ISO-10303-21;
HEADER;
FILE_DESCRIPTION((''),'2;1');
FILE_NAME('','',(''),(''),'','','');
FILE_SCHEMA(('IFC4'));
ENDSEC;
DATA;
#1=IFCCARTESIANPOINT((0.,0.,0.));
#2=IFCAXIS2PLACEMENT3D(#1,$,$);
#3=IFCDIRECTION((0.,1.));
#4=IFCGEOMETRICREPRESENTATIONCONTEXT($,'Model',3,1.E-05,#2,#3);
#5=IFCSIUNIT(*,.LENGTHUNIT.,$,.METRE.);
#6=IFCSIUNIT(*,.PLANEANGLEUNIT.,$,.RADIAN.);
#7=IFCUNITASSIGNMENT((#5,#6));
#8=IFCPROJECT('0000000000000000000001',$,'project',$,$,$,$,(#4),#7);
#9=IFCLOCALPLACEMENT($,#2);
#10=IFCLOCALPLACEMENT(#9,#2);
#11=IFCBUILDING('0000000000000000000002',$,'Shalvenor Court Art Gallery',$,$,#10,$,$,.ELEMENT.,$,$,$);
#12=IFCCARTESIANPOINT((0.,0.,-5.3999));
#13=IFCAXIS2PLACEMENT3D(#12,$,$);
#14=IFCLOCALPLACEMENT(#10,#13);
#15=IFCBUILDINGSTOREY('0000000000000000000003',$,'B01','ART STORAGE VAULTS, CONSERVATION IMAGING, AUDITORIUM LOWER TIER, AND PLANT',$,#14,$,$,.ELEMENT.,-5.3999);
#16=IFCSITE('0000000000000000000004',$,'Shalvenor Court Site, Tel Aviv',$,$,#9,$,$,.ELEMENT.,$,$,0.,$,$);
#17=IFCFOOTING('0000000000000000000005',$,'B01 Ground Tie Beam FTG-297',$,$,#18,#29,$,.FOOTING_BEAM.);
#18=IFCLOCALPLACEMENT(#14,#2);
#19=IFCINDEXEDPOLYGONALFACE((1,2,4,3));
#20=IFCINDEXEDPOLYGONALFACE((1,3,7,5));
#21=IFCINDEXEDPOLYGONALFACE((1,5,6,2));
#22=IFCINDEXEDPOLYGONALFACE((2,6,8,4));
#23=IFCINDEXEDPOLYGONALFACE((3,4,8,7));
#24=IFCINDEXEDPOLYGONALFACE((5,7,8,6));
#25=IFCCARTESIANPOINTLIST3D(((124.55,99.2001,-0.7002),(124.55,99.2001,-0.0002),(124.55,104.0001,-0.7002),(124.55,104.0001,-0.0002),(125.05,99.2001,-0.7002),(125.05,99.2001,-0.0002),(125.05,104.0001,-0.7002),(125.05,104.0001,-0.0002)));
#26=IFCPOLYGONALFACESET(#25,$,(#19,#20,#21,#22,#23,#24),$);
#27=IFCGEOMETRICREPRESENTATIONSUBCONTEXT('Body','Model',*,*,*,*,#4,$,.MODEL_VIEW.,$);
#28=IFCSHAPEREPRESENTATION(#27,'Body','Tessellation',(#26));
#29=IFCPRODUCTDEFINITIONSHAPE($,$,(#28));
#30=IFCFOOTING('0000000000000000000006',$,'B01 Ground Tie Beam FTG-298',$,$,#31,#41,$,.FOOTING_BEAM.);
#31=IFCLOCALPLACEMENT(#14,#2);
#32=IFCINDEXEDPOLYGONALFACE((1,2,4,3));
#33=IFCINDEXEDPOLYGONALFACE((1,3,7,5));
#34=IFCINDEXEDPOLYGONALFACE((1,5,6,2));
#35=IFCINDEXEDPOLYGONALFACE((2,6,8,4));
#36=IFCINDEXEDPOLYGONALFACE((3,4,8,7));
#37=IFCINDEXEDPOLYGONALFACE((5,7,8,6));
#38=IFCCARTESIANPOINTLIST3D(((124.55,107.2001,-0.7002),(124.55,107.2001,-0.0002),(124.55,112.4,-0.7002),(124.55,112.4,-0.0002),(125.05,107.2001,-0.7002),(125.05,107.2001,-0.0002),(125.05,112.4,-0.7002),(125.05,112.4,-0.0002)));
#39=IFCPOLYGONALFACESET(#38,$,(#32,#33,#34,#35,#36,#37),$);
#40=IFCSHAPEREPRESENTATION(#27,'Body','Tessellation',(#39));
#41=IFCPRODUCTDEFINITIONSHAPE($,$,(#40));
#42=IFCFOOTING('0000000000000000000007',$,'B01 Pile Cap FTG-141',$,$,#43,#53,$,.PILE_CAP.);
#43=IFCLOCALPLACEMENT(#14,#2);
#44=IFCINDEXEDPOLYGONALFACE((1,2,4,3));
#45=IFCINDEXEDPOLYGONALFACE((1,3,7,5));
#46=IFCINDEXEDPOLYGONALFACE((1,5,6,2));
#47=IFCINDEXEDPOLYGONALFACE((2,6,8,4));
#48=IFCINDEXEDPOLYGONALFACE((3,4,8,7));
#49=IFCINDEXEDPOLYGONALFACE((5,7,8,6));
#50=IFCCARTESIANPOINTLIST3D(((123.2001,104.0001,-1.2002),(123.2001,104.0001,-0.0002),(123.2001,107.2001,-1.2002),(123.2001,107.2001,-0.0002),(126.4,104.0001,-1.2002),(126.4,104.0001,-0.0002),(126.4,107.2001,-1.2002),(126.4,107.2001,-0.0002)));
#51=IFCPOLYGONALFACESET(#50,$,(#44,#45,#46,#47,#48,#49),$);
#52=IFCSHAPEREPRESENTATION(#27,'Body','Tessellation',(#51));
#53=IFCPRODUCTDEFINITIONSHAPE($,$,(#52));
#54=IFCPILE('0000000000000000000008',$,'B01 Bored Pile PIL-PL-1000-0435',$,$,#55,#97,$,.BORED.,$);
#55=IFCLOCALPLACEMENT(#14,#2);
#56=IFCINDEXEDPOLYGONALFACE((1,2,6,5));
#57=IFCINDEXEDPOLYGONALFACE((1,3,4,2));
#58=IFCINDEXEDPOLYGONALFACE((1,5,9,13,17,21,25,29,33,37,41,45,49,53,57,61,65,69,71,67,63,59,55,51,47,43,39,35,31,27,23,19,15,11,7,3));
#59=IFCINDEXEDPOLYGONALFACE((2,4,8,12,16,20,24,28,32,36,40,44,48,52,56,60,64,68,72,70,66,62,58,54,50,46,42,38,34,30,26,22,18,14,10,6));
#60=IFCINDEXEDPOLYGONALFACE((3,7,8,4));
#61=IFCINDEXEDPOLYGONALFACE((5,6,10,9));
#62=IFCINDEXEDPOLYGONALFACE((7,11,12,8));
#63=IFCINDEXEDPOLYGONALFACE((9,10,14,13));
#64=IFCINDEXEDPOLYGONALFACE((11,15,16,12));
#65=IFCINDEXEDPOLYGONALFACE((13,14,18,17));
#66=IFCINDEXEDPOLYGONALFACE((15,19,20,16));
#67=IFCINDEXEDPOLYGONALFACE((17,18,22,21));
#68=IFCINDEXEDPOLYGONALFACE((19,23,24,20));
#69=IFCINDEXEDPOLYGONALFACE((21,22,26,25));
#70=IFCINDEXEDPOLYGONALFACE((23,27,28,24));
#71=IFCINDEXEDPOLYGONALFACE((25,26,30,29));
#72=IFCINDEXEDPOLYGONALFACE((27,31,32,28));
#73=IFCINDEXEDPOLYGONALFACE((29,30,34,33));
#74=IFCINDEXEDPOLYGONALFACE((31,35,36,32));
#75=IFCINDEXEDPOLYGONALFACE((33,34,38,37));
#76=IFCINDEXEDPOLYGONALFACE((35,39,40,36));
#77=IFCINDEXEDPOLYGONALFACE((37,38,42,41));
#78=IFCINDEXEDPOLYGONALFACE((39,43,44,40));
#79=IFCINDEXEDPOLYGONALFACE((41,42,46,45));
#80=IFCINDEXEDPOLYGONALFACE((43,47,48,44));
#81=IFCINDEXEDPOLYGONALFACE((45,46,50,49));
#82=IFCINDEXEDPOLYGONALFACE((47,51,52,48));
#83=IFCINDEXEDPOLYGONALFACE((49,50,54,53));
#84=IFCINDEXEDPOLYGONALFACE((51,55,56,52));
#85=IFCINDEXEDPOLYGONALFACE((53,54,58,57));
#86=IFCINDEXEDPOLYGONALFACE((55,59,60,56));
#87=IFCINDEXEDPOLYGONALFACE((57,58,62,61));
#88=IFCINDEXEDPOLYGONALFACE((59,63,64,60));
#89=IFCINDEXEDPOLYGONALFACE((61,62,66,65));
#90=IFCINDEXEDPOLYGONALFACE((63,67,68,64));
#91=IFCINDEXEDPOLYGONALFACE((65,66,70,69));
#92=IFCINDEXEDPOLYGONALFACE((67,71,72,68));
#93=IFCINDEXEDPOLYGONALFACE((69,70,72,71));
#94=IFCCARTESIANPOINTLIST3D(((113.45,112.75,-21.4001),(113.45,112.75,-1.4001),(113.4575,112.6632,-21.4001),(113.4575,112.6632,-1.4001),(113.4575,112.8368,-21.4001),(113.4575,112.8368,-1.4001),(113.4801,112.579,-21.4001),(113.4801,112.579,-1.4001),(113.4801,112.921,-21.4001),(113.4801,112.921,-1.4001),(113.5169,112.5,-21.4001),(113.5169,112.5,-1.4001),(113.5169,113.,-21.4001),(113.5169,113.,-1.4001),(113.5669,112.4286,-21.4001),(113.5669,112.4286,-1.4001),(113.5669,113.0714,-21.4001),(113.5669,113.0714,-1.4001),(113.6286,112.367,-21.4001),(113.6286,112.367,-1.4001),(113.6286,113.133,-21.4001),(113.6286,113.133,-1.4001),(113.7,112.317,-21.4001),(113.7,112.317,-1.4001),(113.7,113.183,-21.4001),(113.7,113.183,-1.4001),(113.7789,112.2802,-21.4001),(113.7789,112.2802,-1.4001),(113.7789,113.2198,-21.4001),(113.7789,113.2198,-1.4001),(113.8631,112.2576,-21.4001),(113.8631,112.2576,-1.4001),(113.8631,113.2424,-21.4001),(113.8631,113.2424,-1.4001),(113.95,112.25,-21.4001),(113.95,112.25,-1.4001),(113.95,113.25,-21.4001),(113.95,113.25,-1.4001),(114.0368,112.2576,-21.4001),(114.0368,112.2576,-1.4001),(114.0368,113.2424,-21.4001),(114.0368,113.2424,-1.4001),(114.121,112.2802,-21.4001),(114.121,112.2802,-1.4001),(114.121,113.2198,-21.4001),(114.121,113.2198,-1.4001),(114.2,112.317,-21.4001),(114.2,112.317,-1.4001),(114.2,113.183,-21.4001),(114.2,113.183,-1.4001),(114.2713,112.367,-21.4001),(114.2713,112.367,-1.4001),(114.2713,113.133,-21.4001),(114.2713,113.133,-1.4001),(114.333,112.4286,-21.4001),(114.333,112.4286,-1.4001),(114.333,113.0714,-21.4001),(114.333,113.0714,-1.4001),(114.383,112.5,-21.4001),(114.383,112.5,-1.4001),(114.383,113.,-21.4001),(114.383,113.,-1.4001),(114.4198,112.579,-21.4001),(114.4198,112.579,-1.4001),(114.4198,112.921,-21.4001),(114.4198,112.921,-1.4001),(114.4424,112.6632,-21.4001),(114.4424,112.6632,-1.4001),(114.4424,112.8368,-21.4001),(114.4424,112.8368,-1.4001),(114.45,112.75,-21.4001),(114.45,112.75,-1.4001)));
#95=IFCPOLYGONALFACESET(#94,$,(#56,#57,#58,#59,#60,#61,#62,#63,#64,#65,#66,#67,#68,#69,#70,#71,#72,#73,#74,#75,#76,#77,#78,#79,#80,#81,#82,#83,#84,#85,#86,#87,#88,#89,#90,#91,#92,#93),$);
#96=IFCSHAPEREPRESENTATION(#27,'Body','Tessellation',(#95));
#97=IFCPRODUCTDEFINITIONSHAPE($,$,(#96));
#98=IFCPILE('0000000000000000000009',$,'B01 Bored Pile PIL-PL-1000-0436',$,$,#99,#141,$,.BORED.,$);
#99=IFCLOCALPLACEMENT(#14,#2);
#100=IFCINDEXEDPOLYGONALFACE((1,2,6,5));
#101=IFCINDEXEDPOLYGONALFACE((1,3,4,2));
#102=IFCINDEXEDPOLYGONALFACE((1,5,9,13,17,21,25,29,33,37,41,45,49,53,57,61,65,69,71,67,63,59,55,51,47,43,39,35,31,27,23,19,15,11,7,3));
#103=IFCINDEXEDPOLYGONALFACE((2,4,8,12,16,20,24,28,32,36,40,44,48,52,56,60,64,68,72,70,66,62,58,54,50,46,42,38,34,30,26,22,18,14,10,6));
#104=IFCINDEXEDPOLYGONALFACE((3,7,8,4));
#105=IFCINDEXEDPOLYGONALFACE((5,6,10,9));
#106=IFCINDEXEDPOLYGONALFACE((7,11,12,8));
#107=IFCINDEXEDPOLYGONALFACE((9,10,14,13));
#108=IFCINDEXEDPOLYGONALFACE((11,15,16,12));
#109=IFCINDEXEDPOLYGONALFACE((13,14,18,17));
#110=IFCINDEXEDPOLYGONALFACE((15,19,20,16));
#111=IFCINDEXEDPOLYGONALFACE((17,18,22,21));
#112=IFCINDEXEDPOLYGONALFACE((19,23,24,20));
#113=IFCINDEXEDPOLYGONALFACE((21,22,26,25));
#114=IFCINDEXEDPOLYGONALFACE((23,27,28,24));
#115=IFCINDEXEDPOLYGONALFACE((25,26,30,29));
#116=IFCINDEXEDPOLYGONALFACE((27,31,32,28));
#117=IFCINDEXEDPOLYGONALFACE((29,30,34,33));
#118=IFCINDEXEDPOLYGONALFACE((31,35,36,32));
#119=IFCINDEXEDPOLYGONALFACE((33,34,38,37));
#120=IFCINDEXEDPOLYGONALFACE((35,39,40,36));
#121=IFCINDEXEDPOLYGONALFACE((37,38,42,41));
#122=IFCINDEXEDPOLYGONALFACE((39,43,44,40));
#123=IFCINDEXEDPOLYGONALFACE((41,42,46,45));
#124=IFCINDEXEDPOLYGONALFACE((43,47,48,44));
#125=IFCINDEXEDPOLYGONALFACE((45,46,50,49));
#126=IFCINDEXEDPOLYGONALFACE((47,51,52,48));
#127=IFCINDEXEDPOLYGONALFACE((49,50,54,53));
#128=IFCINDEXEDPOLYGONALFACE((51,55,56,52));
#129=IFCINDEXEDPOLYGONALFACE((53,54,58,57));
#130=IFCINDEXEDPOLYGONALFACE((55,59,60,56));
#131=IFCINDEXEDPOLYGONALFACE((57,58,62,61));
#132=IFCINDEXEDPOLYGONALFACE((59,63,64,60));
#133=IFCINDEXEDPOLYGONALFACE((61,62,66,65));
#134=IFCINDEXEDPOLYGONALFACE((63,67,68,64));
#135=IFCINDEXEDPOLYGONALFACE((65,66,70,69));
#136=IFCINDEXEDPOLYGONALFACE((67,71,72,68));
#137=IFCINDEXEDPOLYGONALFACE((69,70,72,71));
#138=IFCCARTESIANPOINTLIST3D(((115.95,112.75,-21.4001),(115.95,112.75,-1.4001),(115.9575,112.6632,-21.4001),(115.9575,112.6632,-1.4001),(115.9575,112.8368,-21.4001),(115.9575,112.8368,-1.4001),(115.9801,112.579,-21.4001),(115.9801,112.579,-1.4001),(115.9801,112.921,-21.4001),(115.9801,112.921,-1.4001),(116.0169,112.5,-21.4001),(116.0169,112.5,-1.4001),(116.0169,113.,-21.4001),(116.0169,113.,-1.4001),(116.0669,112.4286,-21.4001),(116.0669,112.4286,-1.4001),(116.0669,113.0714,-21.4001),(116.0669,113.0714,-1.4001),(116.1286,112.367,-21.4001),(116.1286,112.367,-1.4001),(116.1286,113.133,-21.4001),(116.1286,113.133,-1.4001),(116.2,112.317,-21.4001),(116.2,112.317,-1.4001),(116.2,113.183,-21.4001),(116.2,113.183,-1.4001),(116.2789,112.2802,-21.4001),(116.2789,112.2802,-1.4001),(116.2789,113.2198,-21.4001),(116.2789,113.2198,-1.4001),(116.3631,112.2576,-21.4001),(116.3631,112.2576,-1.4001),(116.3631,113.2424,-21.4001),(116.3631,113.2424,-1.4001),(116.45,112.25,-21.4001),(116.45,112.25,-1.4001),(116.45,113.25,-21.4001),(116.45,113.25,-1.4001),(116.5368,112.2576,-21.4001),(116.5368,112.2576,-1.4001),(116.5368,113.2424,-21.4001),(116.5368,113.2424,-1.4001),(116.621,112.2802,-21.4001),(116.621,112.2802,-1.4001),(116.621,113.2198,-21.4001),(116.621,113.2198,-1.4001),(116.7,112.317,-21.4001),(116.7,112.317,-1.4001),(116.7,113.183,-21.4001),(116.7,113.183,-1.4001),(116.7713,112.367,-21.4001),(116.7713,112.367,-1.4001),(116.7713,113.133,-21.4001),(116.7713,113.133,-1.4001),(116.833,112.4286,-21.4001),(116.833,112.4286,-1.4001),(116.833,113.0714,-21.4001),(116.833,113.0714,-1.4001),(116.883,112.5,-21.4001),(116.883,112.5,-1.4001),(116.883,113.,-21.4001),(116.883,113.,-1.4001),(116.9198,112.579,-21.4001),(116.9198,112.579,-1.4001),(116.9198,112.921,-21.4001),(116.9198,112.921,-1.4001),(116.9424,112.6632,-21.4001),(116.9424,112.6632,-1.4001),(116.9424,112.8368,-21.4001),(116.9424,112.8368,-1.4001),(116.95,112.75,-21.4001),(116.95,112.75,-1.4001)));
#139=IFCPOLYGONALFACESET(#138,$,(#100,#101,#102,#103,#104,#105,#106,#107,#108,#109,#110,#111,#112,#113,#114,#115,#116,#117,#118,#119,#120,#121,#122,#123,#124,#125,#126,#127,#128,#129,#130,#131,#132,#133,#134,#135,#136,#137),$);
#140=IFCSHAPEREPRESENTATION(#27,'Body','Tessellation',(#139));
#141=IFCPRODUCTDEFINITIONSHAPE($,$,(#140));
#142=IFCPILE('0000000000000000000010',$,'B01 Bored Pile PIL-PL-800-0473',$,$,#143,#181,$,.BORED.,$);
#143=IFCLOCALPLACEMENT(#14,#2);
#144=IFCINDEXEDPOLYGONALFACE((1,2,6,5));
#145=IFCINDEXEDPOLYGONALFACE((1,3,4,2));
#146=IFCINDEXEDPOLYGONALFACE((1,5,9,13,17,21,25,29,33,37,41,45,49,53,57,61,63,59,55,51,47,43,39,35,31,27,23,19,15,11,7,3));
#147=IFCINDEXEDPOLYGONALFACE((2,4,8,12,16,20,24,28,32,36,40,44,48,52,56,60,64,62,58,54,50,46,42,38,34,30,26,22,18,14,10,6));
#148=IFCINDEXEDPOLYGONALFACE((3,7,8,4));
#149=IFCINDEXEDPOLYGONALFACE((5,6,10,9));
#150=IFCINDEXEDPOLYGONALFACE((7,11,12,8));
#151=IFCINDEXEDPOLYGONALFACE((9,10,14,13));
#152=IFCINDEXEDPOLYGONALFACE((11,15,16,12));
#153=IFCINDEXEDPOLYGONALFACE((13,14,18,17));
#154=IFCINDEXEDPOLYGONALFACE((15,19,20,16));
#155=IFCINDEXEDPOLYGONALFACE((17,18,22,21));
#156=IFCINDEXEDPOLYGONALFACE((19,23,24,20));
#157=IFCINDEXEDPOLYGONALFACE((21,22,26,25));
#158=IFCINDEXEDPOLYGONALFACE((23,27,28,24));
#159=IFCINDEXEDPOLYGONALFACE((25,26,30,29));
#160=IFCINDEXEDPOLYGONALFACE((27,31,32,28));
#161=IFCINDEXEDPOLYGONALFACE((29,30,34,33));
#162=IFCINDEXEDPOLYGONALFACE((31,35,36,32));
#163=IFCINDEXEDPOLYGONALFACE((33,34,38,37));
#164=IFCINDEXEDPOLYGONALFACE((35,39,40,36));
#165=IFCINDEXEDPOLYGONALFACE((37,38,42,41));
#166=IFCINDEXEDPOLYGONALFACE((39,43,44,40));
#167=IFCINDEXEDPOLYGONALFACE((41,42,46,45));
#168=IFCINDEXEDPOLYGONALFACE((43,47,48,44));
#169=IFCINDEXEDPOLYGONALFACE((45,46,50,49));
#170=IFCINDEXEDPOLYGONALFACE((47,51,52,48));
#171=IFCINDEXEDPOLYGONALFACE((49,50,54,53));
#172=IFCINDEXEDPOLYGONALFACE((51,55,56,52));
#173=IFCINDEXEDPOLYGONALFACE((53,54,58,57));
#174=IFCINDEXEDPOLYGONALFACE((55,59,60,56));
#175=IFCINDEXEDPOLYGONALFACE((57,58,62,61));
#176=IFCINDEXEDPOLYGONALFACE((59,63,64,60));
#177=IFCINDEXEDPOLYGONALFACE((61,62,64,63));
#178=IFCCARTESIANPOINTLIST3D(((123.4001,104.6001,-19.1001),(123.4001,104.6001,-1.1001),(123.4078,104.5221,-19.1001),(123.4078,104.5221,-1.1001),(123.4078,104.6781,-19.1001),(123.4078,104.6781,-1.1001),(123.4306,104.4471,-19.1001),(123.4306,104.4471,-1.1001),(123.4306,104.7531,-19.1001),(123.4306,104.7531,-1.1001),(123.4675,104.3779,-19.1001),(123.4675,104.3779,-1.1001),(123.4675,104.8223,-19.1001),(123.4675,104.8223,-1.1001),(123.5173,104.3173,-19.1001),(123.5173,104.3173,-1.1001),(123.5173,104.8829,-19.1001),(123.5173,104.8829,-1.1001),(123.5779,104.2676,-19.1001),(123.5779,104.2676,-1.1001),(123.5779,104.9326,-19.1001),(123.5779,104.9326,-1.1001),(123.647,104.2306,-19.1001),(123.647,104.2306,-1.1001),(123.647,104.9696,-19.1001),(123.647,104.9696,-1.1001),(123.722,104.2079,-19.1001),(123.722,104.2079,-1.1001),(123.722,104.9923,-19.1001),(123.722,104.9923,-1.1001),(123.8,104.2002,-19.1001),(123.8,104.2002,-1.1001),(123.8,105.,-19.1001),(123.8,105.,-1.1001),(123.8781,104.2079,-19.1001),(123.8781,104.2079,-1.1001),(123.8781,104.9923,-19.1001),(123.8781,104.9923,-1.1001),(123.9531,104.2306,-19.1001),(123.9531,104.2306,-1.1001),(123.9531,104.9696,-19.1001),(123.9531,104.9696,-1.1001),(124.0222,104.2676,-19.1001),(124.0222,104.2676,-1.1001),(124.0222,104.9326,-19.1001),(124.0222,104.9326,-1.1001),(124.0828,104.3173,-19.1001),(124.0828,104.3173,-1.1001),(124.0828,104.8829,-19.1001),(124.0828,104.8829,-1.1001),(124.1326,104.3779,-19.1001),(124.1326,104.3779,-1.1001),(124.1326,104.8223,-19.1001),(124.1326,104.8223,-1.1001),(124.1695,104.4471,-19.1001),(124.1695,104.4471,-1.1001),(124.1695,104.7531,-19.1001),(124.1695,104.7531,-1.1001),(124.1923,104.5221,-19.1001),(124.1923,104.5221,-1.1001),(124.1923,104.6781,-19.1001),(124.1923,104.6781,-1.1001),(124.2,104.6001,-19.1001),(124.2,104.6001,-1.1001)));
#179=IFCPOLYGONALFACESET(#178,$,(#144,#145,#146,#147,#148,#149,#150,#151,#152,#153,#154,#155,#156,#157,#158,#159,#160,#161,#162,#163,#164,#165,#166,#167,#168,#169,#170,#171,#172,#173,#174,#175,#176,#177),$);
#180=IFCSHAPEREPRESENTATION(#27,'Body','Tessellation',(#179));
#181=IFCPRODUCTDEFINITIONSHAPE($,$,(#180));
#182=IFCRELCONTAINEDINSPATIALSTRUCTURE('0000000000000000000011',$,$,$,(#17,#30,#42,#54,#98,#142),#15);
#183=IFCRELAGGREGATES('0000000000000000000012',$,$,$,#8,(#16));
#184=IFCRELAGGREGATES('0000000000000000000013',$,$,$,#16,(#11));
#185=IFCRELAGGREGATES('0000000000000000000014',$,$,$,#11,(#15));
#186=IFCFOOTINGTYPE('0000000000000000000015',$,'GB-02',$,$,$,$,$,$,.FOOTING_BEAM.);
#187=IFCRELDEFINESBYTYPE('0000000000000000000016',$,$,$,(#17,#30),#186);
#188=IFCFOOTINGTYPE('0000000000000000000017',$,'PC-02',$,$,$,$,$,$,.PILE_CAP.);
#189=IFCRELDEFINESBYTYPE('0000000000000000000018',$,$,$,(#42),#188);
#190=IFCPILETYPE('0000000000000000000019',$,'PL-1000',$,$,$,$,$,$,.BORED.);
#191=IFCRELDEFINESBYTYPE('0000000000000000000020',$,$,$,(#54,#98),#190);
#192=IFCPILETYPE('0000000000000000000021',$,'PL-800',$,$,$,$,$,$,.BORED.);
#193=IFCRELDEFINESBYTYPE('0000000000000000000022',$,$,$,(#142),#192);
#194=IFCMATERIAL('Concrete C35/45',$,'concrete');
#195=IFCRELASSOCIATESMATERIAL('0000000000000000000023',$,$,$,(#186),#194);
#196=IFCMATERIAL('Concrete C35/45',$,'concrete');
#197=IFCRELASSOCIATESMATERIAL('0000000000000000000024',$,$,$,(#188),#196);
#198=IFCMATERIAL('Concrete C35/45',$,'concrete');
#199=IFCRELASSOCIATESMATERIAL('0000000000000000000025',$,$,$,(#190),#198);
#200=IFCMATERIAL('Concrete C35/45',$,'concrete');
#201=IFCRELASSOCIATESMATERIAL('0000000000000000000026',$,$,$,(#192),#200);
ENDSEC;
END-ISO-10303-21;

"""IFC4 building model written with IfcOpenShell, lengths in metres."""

from ifc_helpers import new_model, si_unit, direction, frame, origin, origin_2d, place, context, subcontext, project, spatial, rectangle, circle, extrude, material, material_profile, profile_set, type_object, element, save


model = new_model("IFC4")

# Units and contexts
model_context = context("Model", 3, precision=1e-05, world=origin(), true_north=direction((0.0, 1.0)))
body_context = subcontext(model_context, "Body", "Model", "MODEL_VIEW")
ifc_project = project(units=[si_unit("LENGTHUNIT", "METRE"), si_unit("PLANEANGLEUNIT", "RADIAN")], contexts=[model_context])

# Site, building, storey
site_placement = place(None, origin())
site = spatial("IfcSite", under=ifc_project, at=site_placement, Name="Shalvenor Court Site, Tel Aviv", CompositionType="ELEMENT", RefElevation=0.0)
building_placement = place(site_placement, origin())
building = spatial("IfcBuilding", under=site, at=building_placement, Name="Shalvenor Court Art Gallery", CompositionType="ELEMENT")
storey_placement = place(building_placement, frame((0.0, 0.0, -5.3999)))
storey = spatial("IfcBuildingStorey", under=building, at=storey_placement, Name="B01", Description="ART STORAGE VAULTS, CONSERVATION IMAGING, AUDITORIUM LOWER TIER, AND PLANT", CompositionType="ELEMENT", Elevation=-5.3999)

# Footings
ifc_material_1 = material(Name="Concrete C35/45", Category="concrete")
footing_type_1 = type_object("IfcFootingType", Name="GB-02", PredefinedType="FOOTING_BEAM", material=ifc_material_1)
footing_1_placement = place(storey_placement, frame((124.8, 101.6001, -0.7002), z_axis=(0.0, 0.0, 1.0), x_axis=(0.0, 1.0, 0.0)))
element("IfcFooting", 1, at=footing_1_placement, inside=storey, type_object=footing_type_1, Name="B01 Ground Tie Beam FTG-297", PredefinedType="FOOTING_BEAM", context=body_context, shape_type="SweptSolid", body=[
    extrude(rectangle(XDim=4.8, YDim=0.5, at=origin_2d()), origin(), (0.0, 0.0, 1.0), 0.7),
])
footing_2_placement = place(storey_placement, frame((124.8, 109.8, -0.7002), z_axis=(0.0, 0.0, 1.0), x_axis=(0.0, 1.0, 0.0)))
element("IfcFooting", 2, at=footing_2_placement, inside=storey, type_object=footing_type_1, Name="B01 Ground Tie Beam FTG-298", PredefinedType="FOOTING_BEAM", context=body_context, shape_type="SweptSolid", body=[
    extrude(rectangle(XDim=5.2, YDim=0.5, at=origin_2d()), origin(), (0.0, 0.0, 1.0), 0.7),
])
ifc_material_2 = material(Name="Concrete C35/45", Category="concrete")
footing_type_2 = type_object("IfcFootingType", Name="PC-02", PredefinedType="PILE_CAP", material=ifc_material_2)
footing_3_placement = place(storey_placement, frame((124.8, 105.6001, -1.2002), z_axis=(0.0, 0.0, 1.0), x_axis=(1.0, 0.0, 0.0)))
element("IfcFooting", 3, at=footing_3_placement, inside=storey, type_object=footing_type_2, Name="B01 Pile Cap FTG-141", PredefinedType="PILE_CAP", context=body_context, shape_type="SweptSolid", body=[
    extrude(rectangle(XDim=3.2, YDim=3.2, at=origin_2d()), origin(), (0.0, 0.0, 1.0), 1.2),
])

# Piles
ifc_material_3 = material(Name="Concrete C35/45", Category="concrete")
ifc_material_profile_1 = material_profile(ifc_material_3, circle(Radius=0.5, at=origin_2d()), Name="PILE 1000")
ifc_profile_set_1 = profile_set([ifc_material_profile_1], Name="Concrete C35/45")
pile_type_1 = type_object("IfcPileType", Name="PL-1000", PredefinedType="BORED", material=ifc_profile_set_1)
for number, where, z_axis, x_axis, name in (
    (4, (113.95, 112.75, -1.4001), (0.0, 0.0, -1.0), (1.0, 0.0, 0.0), "B01 Bored Pile PIL-PL-1000-0435"),
    (5, (116.45, 112.75, -1.4001), (0.0, 0.0, -1.0), (1.0, 0.0, 0.0), "B01 Bored Pile PIL-PL-1000-0436"),
):
    element("IfcPile", number, at=place(storey_placement, frame(where, z_axis=z_axis, x_axis=x_axis)), inside=storey, type_object=pile_type_1, Name=name, PredefinedType="BORED", context=body_context, shape_type="SweptSolid", body=[
        extrude(circle(Radius=0.5, at=origin_2d()), origin(), (0.0, 0.0, 1.0), 20.0),
    ])
ifc_material_4 = material(Name="Concrete C35/45", Category="concrete")
ifc_material_profile_2 = material_profile(ifc_material_4, circle(Radius=0.3999, at=origin_2d()), Name="PILE 800")
ifc_profile_set_2 = profile_set([ifc_material_profile_2], Name="Concrete C35/45")
pile_type_2 = type_object("IfcPileType", Name="PL-800", PredefinedType="BORED", material=ifc_profile_set_2)
for number, where, z_axis, x_axis, name in (
    (6, (123.8, 104.6001, -1.1001), (0.0, 0.0, -1.0), (1.0, 0.0, 0.0), "B01 Bored Pile PIL-PL-800-0473"),
):
    element("IfcPile", number, at=place(storey_placement, frame(where, z_axis=z_axis, x_axis=x_axis)), inside=storey, type_object=pile_type_2, Name=name, PredefinedType="BORED", context=body_context, shape_type="SweptSolid", body=[
        extrude(circle(Radius=0.3999, at=origin_2d()), origin(), (0.0, 0.0, 1.0), 18.0),
    ])

save(model, "model.ifc")
